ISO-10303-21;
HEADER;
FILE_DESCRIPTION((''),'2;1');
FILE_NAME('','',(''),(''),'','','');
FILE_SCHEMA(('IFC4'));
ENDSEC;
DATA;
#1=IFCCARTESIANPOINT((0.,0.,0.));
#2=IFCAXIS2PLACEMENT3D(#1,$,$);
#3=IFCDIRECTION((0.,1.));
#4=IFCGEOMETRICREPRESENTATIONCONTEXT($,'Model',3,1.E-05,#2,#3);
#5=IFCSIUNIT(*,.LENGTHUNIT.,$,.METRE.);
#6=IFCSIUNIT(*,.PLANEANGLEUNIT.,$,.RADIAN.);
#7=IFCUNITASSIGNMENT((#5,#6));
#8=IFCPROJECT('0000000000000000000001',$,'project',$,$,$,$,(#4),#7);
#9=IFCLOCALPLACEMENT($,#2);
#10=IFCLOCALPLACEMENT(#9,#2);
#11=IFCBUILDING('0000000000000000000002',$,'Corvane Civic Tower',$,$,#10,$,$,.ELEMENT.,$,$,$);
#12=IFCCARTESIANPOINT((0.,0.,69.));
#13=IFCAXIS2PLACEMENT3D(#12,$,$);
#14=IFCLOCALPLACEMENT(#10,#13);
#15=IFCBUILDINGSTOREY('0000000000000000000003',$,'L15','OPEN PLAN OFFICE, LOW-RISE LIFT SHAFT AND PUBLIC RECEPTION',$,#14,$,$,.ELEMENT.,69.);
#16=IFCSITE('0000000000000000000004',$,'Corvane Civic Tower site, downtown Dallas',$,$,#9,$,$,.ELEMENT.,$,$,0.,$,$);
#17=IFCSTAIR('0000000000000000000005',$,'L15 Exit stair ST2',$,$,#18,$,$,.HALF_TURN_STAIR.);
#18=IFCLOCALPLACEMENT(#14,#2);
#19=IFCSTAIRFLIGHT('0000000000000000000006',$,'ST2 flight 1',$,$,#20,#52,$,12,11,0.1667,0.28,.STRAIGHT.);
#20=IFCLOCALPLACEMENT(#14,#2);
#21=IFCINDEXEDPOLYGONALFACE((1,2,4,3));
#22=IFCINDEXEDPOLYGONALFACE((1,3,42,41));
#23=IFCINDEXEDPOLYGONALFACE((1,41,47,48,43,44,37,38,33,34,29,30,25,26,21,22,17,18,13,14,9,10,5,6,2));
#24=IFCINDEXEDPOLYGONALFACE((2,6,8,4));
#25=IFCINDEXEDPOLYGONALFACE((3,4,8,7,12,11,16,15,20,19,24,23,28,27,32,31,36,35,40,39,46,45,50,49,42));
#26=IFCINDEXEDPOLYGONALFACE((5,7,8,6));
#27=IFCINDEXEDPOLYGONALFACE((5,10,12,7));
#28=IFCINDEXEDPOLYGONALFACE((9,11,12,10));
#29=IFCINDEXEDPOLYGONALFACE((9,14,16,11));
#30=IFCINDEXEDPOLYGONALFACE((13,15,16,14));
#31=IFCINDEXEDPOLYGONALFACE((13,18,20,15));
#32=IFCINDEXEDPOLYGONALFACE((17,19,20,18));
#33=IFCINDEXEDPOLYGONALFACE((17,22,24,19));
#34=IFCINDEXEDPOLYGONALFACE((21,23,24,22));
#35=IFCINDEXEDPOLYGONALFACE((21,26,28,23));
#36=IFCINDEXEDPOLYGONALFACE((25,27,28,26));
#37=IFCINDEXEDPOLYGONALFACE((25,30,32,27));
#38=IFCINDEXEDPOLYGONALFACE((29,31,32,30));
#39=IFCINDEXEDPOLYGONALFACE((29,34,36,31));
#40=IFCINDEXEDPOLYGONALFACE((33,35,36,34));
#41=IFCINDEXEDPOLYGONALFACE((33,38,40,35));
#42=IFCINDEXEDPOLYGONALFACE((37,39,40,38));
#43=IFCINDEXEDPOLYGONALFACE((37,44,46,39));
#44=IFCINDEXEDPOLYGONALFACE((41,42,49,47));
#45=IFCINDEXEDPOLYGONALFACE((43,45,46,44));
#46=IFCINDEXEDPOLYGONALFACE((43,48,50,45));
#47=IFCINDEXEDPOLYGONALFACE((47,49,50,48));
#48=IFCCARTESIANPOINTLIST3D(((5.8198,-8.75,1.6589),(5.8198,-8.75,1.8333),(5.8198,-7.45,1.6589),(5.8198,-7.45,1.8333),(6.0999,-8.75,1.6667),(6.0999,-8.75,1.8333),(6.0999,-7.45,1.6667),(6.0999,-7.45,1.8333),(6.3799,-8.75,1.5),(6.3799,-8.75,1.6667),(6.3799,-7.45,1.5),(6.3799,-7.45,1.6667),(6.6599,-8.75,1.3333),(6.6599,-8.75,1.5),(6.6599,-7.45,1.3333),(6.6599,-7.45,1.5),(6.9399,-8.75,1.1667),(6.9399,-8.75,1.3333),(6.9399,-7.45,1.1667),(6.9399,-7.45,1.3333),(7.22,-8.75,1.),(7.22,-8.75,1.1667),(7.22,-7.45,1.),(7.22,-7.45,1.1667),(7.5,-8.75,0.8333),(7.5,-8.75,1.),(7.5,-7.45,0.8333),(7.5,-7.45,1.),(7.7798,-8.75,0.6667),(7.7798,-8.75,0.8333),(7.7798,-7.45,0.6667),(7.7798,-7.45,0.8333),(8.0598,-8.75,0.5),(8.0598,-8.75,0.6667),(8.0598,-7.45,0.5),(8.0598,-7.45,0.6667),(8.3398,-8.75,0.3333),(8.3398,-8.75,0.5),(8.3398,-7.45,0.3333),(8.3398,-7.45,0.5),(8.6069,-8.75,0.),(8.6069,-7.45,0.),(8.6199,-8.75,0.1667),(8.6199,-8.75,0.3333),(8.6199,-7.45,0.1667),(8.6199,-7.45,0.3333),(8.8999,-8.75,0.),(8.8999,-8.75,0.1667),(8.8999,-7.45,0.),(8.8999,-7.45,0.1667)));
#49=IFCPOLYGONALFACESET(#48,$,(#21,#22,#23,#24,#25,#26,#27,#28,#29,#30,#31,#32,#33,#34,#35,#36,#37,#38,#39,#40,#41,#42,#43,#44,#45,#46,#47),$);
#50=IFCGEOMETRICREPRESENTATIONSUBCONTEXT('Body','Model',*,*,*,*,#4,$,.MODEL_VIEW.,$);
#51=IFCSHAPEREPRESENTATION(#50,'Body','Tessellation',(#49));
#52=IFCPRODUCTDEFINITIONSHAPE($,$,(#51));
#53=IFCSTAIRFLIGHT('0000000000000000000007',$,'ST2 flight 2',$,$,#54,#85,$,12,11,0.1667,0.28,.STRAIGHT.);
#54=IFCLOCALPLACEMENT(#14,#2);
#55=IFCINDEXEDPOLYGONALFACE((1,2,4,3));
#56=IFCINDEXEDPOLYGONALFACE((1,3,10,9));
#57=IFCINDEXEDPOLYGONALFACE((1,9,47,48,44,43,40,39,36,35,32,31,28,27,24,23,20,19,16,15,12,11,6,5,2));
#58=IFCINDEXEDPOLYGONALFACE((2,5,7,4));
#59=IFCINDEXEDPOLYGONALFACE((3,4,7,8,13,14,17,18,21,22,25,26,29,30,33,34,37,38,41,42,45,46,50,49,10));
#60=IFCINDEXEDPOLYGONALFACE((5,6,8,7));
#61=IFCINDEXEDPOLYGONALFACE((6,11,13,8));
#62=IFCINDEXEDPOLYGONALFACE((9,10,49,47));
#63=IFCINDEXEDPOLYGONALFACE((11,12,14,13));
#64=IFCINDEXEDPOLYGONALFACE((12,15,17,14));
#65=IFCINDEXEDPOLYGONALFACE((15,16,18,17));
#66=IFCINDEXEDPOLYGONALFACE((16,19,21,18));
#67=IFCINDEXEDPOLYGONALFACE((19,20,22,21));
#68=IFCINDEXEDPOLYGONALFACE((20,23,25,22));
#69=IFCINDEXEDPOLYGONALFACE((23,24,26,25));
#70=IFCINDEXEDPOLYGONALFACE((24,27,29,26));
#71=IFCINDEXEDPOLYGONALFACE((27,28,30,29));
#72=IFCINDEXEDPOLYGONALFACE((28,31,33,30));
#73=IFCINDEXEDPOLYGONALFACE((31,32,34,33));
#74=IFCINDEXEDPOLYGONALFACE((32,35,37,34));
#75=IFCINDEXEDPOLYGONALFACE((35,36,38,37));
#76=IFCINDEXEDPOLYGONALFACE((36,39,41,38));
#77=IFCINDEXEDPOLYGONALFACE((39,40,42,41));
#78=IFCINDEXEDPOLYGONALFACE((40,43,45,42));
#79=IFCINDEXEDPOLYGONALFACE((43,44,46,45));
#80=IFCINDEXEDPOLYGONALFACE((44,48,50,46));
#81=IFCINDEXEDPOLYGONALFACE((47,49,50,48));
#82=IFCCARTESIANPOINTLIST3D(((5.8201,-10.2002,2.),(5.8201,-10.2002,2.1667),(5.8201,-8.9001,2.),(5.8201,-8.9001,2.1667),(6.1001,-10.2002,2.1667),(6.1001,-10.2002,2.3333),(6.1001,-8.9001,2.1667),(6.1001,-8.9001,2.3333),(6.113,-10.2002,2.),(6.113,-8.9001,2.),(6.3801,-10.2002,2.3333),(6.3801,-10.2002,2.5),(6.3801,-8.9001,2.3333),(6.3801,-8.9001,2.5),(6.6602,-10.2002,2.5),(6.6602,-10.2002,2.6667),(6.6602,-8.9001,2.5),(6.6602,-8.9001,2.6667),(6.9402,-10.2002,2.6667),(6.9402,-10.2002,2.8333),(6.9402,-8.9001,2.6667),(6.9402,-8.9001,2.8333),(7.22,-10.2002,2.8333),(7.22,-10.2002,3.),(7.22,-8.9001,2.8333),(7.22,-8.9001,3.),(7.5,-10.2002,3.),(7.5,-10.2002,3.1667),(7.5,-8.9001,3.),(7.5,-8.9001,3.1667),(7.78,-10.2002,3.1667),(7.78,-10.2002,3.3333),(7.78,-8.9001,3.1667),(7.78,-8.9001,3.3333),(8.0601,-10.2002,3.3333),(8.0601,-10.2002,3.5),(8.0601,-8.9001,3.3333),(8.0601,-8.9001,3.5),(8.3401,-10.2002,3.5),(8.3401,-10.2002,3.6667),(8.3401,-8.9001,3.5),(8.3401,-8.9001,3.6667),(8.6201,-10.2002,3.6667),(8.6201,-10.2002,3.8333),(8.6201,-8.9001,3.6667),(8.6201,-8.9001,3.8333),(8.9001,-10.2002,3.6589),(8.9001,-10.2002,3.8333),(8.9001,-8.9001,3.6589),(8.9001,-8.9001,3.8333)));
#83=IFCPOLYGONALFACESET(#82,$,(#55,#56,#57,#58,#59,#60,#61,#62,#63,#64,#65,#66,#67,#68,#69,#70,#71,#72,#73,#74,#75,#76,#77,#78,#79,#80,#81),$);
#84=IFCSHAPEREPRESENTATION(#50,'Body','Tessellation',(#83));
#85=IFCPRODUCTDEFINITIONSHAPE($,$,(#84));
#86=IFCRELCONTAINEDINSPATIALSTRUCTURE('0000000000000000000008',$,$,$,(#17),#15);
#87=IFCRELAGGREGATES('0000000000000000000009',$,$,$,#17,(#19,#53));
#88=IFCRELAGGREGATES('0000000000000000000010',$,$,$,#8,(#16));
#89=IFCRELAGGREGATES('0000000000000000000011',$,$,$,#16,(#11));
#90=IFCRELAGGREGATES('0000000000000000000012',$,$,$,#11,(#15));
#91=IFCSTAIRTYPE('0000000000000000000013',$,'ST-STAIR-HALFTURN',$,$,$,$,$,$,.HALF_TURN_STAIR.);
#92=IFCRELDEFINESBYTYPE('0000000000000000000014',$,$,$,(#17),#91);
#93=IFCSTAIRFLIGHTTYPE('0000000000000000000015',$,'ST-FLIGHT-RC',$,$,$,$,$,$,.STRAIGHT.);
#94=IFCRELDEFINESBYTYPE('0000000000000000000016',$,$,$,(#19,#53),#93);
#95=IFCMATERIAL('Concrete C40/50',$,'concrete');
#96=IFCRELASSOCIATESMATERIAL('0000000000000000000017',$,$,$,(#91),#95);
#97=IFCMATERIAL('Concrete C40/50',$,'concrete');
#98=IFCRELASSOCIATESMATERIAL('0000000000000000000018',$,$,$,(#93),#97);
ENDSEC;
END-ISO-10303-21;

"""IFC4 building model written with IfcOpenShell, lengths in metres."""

from ifc_helpers import new_model, si_unit, direction, frame, origin, place, context, subcontext, project, spatial, polyline, outline, extrude, material, type_object, element, aggregate, save


model = new_model("IFC4")

# Units and contexts
model_context = context("Model", 3, precision=1e-05, world=origin(), true_north=direction((0.0, 1.0)))
body_context = subcontext(model_context, "Body", "Model", "MODEL_VIEW")
ifc_project = project(units=[si_unit("LENGTHUNIT", "METRE"), si_unit("PLANEANGLEUNIT", "RADIAN")], contexts=[model_context])

# Site, building, storey
site_placement = place(None, origin())
site = spatial("IfcSite", under=ifc_project, at=site_placement, Name="Corvane Civic Tower site, downtown Dallas", CompositionType="ELEMENT", RefElevation=0.0)
building_placement = place(site_placement, origin())
building = spatial("IfcBuilding", under=site, at=building_placement, Name="Corvane Civic Tower", CompositionType="ELEMENT")
storey_placement = place(building_placement, frame((0.0, 0.0, 69.0)))
storey = spatial("IfcBuildingStorey", under=building, at=storey_placement, Name="L15", Description="OPEN PLAN OFFICE, LOW-RISE LIFT SHAFT AND PUBLIC RECEPTION", CompositionType="ELEMENT", Elevation=69.0)

# Stair, stair flights
ifc_material_1 = material(Name="Concrete C40/50", Category="concrete")
stair_type = type_object("IfcStairType", Name="ST-STAIR-HALFTURN", PredefinedType="HALF_TURN_STAIR", material=ifc_material_1)
stair_placement = place(storey_placement, origin())
stair = element("IfcStair", 1, at=stair_placement, inside=storey, type_object=stair_type, Name="L15 Exit stair ST2", PredefinedType="HALF_TURN_STAIR")
ifc_material_2 = material(Name="Concrete C40/50", Category="concrete")
stair_flight_type = type_object("IfcStairFlightType", Name="ST-FLIGHT-RC", PredefinedType="STRAIGHT", material=ifc_material_2)
stair_flight_1_placement = place(storey_placement, frame((8.8999, -8.1001, 0.0), z_axis=(0.0, 0.0, 1.0), x_axis=(-1.0, 0.0, 0.0)))
stair_flight_1 = element("IfcStairFlight", 2, at=stair_flight_1_placement, type_object=stair_flight_type, Name="ST2 flight 1", NumberOfRisers=12, NumberOfTreads=11, PredefinedType="STRAIGHT", RiserHeight=0.1667, TreadLength=0.28, context=body_context, shape_type="SweptSolid", body=[
    extrude(outline(polyline([(0.0, 0.0), (0.0, 0.1667), (0.28, 0.1667), (0.28, 0.3333), (0.5601, 0.3333), (0.5601, 0.5), (0.8401, 0.5), (0.8401, 0.6667), (1.1201, 0.6667), (1.1201, 0.8333), (1.3999, 0.8333), (1.3999, 1.0), (1.6799, 1.0), (1.6799, 1.1667), (1.96, 1.1667), (1.96, 1.3333), (2.24, 1.3333), (2.24, 1.5), (2.52, 1.5), (2.52, 1.6667), (2.8, 1.6667), (2.8, 1.8333), (3.0801, 1.8333), (3.0801, 2.0), (3.0801, 1.6589), (0.293, 0.0), (0.0, 0.0)])), frame((0.0, 0.6499, 0.0), z_axis=(0.0, -1.0, 0.0), x_axis=(1.0, 0.0, 0.0)), (0.0, 0.0, 1.0), 1.3),
])
stair_flight_2_placement = place(storey_placement, frame((5.8201, -9.55, 2.0), z_axis=(0.0, 0.0, 1.0), x_axis=(1.0, 0.0, 0.0)))
stair_flight_2 = element("IfcStairFlight", 3, at=stair_flight_2_placement, type_object=stair_flight_type, Name="ST2 flight 2", NumberOfRisers=12, NumberOfTreads=11, PredefinedType="STRAIGHT", RiserHeight=0.1667, TreadLength=0.28, context=body_context, shape_type="SweptSolid", body=[
    extrude(outline(polyline([(0.0, 0.0), (0.0, 0.1667), (0.28, 0.1667), (0.28, 0.3333), (0.5601, 0.3333), (0.5601, 0.5), (0.8401, 0.5), (0.8401, 0.6667), (1.1201, 0.6667), (1.1201, 0.8333), (1.3999, 0.8333), (1.3999, 1.0), (1.6799, 1.0), (1.6799, 1.1667), (1.96, 1.1667), (1.96, 1.3333), (2.24, 1.3333), (2.24, 1.5), (2.52, 1.5), (2.52, 1.6667), (2.8, 1.6667), (2.8, 1.8333), (3.0801, 1.8333), (3.0801, 2.0), (3.0801, 1.6589), (0.293, 0.0), (0.0, 0.0)])), frame((0.0, 0.6499, 0.0), z_axis=(0.0, -1.0, 0.0), x_axis=(1.0, 0.0, 0.0)), (0.0, 0.0, 1.0), 1.3),
])
aggregate(stair, [stair_flight_1, stair_flight_2])

save(model, "model.ifc")
